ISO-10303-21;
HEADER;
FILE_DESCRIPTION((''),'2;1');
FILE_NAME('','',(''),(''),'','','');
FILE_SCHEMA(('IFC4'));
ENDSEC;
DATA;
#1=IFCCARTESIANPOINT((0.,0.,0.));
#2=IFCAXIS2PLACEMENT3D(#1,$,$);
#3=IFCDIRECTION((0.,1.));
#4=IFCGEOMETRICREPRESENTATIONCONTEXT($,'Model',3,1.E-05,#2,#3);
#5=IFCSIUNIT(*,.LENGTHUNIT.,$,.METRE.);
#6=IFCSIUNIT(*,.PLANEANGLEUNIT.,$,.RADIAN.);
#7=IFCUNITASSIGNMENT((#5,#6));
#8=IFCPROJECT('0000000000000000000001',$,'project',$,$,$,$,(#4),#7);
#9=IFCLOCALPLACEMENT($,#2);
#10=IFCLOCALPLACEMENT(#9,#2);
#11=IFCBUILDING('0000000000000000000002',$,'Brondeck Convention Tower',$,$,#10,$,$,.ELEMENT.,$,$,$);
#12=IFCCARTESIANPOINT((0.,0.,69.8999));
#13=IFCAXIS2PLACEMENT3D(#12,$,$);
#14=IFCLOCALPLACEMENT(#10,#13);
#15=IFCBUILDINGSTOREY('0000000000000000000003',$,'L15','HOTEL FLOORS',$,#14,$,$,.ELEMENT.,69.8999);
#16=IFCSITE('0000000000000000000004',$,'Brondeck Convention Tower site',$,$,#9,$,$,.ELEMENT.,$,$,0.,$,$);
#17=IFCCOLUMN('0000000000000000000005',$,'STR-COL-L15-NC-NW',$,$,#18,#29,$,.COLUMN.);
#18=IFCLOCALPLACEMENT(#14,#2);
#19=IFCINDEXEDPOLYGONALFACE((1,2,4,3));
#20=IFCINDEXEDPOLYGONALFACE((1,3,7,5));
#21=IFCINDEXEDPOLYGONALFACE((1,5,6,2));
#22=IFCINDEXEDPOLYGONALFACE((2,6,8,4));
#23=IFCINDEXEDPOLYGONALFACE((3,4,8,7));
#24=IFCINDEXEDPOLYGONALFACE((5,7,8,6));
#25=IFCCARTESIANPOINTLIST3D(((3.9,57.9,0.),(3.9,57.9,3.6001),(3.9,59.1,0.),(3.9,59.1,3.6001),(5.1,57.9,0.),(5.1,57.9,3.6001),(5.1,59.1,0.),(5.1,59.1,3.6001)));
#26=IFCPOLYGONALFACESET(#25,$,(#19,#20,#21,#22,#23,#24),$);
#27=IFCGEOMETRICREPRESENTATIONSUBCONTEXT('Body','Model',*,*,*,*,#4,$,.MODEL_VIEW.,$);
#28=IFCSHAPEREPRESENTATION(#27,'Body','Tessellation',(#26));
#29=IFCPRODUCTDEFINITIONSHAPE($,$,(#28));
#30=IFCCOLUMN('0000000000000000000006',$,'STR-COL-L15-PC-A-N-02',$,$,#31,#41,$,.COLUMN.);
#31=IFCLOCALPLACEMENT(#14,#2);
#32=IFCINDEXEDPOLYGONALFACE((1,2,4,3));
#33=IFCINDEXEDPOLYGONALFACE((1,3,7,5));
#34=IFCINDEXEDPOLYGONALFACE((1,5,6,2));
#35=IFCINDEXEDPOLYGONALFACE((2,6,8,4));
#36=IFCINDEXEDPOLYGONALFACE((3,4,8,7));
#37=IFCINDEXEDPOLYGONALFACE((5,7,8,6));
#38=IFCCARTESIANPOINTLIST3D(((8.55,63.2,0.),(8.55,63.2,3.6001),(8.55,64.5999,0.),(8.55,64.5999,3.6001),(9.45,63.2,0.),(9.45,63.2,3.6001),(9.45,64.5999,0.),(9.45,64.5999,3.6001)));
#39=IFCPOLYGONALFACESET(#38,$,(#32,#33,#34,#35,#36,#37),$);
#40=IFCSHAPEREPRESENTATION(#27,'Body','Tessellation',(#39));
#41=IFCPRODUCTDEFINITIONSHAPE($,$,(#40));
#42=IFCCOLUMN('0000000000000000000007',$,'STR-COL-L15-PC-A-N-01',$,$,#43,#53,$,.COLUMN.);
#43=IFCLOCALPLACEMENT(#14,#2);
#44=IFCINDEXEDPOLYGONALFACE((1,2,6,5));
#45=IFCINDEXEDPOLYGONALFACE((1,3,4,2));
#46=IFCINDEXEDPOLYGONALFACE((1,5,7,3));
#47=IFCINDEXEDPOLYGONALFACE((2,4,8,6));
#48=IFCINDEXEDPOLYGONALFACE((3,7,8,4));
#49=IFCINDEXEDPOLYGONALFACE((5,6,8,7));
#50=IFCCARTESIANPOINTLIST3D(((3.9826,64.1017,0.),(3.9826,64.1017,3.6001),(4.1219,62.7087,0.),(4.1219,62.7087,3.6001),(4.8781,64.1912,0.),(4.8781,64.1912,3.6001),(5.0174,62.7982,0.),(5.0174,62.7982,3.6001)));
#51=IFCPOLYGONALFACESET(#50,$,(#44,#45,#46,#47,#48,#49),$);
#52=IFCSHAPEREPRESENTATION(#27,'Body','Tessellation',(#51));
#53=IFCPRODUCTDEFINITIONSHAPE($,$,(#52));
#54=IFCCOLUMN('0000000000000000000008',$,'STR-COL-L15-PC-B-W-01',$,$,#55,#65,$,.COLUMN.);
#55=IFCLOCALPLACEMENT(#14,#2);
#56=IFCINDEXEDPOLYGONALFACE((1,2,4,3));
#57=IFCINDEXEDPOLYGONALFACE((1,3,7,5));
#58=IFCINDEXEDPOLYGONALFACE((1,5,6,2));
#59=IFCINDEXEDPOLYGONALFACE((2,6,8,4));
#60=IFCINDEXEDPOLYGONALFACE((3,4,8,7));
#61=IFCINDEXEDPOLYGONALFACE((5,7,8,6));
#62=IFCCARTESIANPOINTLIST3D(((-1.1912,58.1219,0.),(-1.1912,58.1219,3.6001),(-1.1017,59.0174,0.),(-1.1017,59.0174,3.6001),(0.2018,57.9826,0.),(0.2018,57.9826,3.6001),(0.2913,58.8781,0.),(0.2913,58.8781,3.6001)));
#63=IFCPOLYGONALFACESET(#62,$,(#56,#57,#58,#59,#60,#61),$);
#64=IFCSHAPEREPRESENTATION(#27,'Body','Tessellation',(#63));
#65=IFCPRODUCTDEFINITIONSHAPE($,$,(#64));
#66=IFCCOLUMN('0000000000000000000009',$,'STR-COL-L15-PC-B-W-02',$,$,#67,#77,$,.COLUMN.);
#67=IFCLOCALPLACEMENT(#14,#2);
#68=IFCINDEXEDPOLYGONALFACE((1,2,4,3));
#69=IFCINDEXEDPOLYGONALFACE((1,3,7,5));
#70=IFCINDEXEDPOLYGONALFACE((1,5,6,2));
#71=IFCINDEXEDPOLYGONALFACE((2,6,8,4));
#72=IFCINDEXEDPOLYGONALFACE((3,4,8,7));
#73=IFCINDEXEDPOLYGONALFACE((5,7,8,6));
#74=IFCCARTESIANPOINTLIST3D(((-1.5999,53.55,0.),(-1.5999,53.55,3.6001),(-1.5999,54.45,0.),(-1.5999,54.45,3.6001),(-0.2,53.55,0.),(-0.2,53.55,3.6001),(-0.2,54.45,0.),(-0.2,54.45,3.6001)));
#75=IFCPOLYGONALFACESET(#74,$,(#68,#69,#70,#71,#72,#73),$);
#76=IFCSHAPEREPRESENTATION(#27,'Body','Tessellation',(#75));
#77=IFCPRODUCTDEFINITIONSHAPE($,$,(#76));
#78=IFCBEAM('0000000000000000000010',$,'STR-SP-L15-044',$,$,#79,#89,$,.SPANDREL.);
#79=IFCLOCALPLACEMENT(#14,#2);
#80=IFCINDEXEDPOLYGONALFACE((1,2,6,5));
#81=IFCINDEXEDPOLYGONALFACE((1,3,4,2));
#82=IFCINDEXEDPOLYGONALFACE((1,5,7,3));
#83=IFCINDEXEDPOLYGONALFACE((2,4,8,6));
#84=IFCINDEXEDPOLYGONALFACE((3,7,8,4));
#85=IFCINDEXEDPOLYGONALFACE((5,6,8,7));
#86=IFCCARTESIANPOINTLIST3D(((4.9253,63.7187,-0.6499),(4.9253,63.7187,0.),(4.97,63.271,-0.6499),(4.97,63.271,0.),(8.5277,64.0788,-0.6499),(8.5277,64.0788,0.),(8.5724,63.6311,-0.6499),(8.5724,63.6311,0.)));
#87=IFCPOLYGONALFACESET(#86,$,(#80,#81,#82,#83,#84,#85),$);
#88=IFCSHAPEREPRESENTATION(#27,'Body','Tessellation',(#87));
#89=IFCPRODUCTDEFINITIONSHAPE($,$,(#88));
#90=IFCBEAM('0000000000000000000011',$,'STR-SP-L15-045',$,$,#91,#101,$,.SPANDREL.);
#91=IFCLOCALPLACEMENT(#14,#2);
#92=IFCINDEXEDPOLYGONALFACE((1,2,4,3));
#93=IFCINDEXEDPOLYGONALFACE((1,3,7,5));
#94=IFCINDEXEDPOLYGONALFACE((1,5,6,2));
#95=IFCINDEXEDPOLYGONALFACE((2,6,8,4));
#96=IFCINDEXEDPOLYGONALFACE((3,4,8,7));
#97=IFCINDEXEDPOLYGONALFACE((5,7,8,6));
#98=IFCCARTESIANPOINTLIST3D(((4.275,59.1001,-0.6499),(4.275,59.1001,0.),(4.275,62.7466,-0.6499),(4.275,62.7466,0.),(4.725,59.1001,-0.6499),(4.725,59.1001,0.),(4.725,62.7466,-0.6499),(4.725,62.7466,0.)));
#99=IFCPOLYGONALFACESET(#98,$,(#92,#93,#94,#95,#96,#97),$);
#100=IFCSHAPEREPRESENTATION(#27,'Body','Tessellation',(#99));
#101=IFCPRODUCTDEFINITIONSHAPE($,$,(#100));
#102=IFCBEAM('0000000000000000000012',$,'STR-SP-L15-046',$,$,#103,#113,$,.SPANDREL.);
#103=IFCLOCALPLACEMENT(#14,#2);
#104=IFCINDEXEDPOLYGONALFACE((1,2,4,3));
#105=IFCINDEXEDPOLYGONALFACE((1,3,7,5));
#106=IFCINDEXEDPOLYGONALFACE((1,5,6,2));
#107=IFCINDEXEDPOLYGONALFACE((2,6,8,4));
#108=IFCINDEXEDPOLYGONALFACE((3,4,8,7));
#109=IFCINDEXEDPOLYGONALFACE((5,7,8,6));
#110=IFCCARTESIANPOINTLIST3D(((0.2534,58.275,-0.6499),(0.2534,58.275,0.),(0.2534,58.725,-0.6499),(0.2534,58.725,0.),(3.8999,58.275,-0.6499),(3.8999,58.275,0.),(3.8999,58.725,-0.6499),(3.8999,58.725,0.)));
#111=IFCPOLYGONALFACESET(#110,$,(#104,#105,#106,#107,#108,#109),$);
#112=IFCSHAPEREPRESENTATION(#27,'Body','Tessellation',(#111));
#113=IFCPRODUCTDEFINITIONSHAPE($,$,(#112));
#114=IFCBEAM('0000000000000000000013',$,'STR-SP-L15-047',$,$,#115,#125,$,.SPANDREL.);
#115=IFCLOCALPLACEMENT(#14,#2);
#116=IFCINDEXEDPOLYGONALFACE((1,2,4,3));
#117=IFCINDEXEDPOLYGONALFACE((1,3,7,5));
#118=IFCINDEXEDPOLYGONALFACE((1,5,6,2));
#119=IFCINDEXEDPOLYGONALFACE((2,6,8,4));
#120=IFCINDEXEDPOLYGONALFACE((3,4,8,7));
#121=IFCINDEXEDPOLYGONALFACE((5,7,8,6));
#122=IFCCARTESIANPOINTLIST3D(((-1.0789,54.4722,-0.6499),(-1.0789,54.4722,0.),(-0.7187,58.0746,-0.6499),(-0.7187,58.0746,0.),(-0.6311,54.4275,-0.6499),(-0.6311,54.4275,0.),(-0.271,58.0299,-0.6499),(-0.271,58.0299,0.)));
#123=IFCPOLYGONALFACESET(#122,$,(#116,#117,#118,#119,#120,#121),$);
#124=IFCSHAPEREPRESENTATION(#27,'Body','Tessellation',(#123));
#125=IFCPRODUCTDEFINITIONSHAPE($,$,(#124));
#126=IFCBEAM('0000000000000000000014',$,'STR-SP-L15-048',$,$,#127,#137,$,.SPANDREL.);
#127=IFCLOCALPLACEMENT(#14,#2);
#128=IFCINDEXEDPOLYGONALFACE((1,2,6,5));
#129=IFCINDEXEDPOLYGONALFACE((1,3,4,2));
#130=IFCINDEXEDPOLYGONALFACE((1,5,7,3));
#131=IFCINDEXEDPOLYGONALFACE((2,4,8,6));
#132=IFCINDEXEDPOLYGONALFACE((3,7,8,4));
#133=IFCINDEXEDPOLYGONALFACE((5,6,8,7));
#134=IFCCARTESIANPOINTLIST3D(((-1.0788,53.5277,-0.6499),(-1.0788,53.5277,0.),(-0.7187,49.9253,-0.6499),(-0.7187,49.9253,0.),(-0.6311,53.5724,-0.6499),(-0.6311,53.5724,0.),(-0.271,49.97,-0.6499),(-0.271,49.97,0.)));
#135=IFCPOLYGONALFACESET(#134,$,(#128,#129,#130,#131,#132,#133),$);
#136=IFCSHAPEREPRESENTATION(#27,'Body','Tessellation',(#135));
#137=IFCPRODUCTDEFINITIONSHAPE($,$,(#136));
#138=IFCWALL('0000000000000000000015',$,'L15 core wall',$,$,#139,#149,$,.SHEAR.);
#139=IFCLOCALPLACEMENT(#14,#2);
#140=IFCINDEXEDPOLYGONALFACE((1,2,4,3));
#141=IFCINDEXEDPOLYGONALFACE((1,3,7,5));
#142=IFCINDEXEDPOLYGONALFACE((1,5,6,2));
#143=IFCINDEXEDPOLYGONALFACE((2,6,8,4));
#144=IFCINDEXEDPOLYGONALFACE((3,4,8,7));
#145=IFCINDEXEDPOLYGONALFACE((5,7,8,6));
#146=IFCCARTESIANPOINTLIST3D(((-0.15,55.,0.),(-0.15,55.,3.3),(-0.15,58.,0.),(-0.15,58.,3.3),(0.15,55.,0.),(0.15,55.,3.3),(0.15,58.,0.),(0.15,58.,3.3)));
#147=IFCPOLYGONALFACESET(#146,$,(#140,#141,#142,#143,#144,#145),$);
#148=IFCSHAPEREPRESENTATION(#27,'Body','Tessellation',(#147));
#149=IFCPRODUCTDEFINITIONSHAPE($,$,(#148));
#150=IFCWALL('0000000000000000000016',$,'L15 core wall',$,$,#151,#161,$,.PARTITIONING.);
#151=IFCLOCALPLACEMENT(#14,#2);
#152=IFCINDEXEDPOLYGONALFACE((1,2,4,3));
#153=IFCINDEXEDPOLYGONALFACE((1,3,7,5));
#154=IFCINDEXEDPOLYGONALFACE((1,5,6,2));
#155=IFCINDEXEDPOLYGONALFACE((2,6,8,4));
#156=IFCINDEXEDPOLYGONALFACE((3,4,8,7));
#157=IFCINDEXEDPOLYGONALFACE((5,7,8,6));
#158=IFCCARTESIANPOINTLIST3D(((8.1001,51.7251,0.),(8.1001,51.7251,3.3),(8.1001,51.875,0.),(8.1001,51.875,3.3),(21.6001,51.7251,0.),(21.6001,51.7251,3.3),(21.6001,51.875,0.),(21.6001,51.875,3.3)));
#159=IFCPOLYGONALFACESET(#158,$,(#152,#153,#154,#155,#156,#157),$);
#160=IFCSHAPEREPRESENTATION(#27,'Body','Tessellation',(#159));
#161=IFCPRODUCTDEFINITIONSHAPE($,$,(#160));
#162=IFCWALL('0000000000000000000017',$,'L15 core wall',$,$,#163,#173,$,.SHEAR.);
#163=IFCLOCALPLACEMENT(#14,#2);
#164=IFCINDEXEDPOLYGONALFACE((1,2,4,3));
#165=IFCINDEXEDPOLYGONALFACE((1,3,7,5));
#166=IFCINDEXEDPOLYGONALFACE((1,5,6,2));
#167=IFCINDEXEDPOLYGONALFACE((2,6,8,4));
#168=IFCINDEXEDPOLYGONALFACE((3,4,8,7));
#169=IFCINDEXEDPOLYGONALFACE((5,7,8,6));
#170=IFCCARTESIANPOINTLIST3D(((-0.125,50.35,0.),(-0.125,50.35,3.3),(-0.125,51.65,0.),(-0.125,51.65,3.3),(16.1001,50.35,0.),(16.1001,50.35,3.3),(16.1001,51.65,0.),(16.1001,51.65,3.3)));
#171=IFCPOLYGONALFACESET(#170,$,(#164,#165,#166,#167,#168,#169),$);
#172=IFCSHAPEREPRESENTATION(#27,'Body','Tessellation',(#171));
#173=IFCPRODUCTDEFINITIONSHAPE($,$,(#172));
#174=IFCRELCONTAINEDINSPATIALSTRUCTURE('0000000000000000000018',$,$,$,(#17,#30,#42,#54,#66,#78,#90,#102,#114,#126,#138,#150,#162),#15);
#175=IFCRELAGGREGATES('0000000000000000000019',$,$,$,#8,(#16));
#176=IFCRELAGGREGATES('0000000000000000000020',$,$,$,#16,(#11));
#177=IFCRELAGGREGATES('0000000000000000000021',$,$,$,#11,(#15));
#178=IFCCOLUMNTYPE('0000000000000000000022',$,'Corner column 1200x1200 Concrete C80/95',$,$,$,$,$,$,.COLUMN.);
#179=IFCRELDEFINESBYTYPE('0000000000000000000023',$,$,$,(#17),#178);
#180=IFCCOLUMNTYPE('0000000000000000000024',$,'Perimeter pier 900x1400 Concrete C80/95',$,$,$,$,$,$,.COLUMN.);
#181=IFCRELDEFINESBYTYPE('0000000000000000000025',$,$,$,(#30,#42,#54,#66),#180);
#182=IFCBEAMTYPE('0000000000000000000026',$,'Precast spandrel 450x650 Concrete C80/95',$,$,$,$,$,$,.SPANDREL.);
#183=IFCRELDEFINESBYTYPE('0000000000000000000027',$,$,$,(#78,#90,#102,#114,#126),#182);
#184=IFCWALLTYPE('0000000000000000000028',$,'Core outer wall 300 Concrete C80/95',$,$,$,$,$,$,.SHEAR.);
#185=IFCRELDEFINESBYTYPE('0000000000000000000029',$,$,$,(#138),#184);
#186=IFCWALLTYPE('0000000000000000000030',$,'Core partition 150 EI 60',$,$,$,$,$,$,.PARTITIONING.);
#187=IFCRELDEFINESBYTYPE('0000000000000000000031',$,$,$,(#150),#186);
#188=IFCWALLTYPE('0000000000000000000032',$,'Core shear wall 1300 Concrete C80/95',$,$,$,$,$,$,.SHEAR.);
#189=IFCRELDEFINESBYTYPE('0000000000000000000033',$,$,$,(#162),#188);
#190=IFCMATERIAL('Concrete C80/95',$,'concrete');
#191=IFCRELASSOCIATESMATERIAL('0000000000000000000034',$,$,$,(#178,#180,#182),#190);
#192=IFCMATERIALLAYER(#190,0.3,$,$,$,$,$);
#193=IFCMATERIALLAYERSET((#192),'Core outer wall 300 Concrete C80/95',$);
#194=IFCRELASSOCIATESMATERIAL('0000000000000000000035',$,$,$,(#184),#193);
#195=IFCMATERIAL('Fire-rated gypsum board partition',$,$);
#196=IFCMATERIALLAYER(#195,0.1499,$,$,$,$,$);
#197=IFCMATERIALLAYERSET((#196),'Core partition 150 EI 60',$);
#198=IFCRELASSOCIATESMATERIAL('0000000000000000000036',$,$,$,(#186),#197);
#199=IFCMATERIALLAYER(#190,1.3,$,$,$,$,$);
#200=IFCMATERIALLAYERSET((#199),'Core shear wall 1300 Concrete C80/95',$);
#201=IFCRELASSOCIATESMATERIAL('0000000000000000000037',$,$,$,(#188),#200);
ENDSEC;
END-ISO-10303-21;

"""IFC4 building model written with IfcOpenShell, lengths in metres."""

from ifc_helpers import new_model, si_unit, direction, frame, frame_2d, origin, origin_2d, place, context, subcontext, project, spatial, rectangle, extrude, material, layer, layer_set, material_profile, profile_set, type_object, element, save


model = new_model("IFC4")

# Units and contexts
model_context = context("Model", 3, precision=1e-05, world=origin(), true_north=direction((0.0, 1.0)))
body_context = subcontext(model_context, "Body", "Model", "MODEL_VIEW")
ifc_project = project(units=[si_unit("LENGTHUNIT", "METRE"), si_unit("PLANEANGLEUNIT", "RADIAN")], contexts=[model_context])

# Site, building, storey
site_placement = place(None, origin())
site = spatial("IfcSite", under=ifc_project, at=site_placement, Name="Brondeck Convention Tower site", CompositionType="ELEMENT", RefElevation=0.0)
building_placement = place(site_placement, origin())
building = spatial("IfcBuilding", under=site, at=building_placement, Name="Brondeck Convention Tower", CompositionType="ELEMENT")
storey_placement = place(building_placement, frame((0.0, 0.0, 69.8999)))
storey = spatial("IfcBuildingStorey", under=building, at=storey_placement, Name="L15", Description="HOTEL FLOORS", CompositionType="ELEMENT", Elevation=69.8999)

# Columns
ifc_material_1 = material(Name="Concrete C80/95", Category="concrete")
ifc_material_profile_1 = material_profile(ifc_material_1, rectangle(XDim=1.2, YDim=1.2, at=origin_2d()), Name="Corner column 1200x1200 Concrete C80/95")
ifc_profile_set_1 = profile_set([ifc_material_profile_1], Name="Concrete C80/95")
column_type_1 = type_object("IfcColumnType", Name="Corner column 1200x1200 Concrete C80/95", PredefinedType="COLUMN", material=ifc_profile_set_1)
column_placement = place(storey_placement, frame((4.5, 58.5, 0.0), z_axis=(0.0, 0.0, 1.0), x_axis=(1.0, 0.0, 0.0)))
element("IfcColumn", 1, at=column_placement, inside=storey, type_object=column_type_1, Name="STR-COL-L15-NC-NW", PredefinedType="COLUMN", context=body_context, shape_type="SweptSolid", body=[
    extrude(rectangle(XDim=1.2, YDim=1.2, at=origin_2d()), origin(), (0.0, 0.0, 1.0), 3.6001),
])
ifc_material_profile_2 = material_profile(ifc_material_1, rectangle(XDim=0.8999, YDim=1.3999, at=origin_2d()), Name="Perimeter pier 900x1400 Concrete C80/95")
ifc_profile_set_2 = profile_set([ifc_material_profile_2], Name="Concrete C80/95")
column_type_2 = type_object("IfcColumnType", Name="Perimeter pier 900x1400 Concrete C80/95", PredefinedType="COLUMN", material=ifc_profile_set_2)
for number, where, z_axis, x_axis, name in (
    (2, (9.0, 63.8999, 0.0), (0.0, 0.0, 1.0), (-1.0, 0.0, 0.0), "STR-COL-L15-PC-A-N-02"),
    (3, (4.5, 63.45, 0.0), (0.0, 0.0, 1.0), (-0.995037, -0.099504, 0.0), "STR-COL-L15-PC-A-N-01"),
    (4, (-0.45, 58.5, 0.0), (0.0, 0.0, 1.0), (-0.099504, -0.995037, 0.0), "STR-COL-L15-PC-B-W-01"),
    (5, (-0.8999, 54.0, 0.0), (0.0, 0.0, 1.0), (0.0, -1.0, 0.0), "STR-COL-L15-PC-B-W-02"),
):
    element("IfcColumn", number, at=place(storey_placement, frame(where, z_axis=z_axis, x_axis=x_axis)), inside=storey, type_object=column_type_2, Name=name, PredefinedType="COLUMN", context=body_context, shape_type="SweptSolid", body=[
        extrude(rectangle(XDim=0.8999, YDim=1.3999, at=origin_2d()), origin(), (0.0, 0.0, 1.0), 3.6001),
    ])

# Beams
ifc_material_profile_3 = material_profile(ifc_material_1, rectangle(XDim=0.45, YDim=0.6499, at=origin_2d()), Name="Precast spandrel 450x650 Concrete C80/95")
ifc_profile_set_3 = profile_set([ifc_material_profile_3], Name="Concrete C80/95")
beam_type = type_object("IfcBeamType", Name="Precast spandrel 450x650 Concrete C80/95", PredefinedType="SPANDREL", material=ifc_profile_set_3)
beam_placement = place(storey_placement, frame((8.55, 63.855, -0.325), z_axis=(-0.995041, -0.09947, 0.0), x_axis=(0.09947, -0.995041, 0.0)))
element("IfcBeam", 6, at=beam_placement, inside=storey, type_object=beam_type, Name="STR-SP-L15-044", PredefinedType="SPANDREL", context=body_context, shape_type="SweptSolid", body=[
    extrude(rectangle(XDim=0.45, YDim=0.6499, at=origin_2d()), origin(), (0.0, 0.0, 1.0), 3.6204),
])
for number, where, z_axis, x_axis, name in (
    (7, (4.5, 62.7466, -0.325), (0.0, -1.0, 0.0), (1.0, 0.0, 0.0), "STR-SP-L15-045"),
    (8, (3.8999, 58.5, -0.325), (-1.0, 0.0, 0.0), (0.0, -1.0, 0.0), "STR-SP-L15-046"),
):
    element("IfcBeam", number, at=place(storey_placement, frame(where, z_axis=z_axis, x_axis=x_axis)), inside=storey, type_object=beam_type, Name=name, PredefinedType="SPANDREL", context=body_context, shape_type="SweptSolid", body=[
        extrude(rectangle(XDim=0.45, YDim=0.6499, at=origin_2d()), origin(), (0.0, 0.0, 1.0), 3.6465),
    ])
for number, where, z_axis, x_axis, name in (
    (9, (-0.4949, 58.0522, -0.325), (-0.09947, -0.995041, 0.0), (0.995041, -0.09947, 0.0), "STR-SP-L15-047"),
    (10, (-0.855, 53.55, -0.325), (0.09947, -0.995041, 0.0), (0.995041, 0.09947, 0.0), "STR-SP-L15-048"),
):
    element("IfcBeam", number, at=place(storey_placement, frame(where, z_axis=z_axis, x_axis=x_axis)), inside=storey, type_object=beam_type, Name=name, PredefinedType="SPANDREL", context=body_context, shape_type="SweptSolid", body=[
        extrude(rectangle(XDim=0.45, YDim=0.6499, at=origin_2d()), origin(), (0.0, 0.0, 1.0), 3.6204),
    ])

# Walls
ifc_layer_1 = layer(ifc_material_1, 0.3)
ifc_layer_set_1 = layer_set([ifc_layer_1], Name="Core outer wall 300 Concrete C80/95")
wall_type_1 = type_object("IfcWallType", Name="Core outer wall 300 Concrete C80/95", PredefinedType="SHEAR", material=ifc_layer_set_1)
wall_1_placement = place(storey_placement, frame((0.0, 55.0, 0.0), z_axis=(0.0, 0.0, 1.0), x_axis=(0.0, 1.0, 0.0)))
element("IfcWall", 11, at=wall_1_placement, inside=storey, type_object=wall_type_1, Name="L15 core wall", PredefinedType="SHEAR", context=body_context, shape_type="SweptSolid", body=[
    extrude(rectangle(XDim=3.0, YDim=0.3, at=frame_2d((1.5, 0.0))), origin(), (0.0, 0.0, 1.0), 3.3),
])
ifc_material_2 = material(Name="Fire-rated gypsum board partition")
ifc_layer_2 = layer(ifc_material_2, 0.1499)
ifc_layer_set_2 = layer_set([ifc_layer_2], Name="Core partition 150 EI 60")
wall_type_2 = type_object("IfcWallType", Name="Core partition 150 EI 60", PredefinedType="PARTITIONING", material=ifc_layer_set_2)
wall_2_placement = place(storey_placement, frame((8.1001, 51.8, 0.0), z_axis=(0.0, 0.0, 1.0), x_axis=(1.0, 0.0, 0.0)))
element("IfcWall", 12, at=wall_2_placement, inside=storey, type_object=wall_type_2, Name="L15 core wall", PredefinedType="PARTITIONING", context=body_context, shape_type="SweptSolid", body=[
    extrude(rectangle(XDim=13.5, YDim=0.1499, at=frame_2d((6.75, 0.0))), origin(), (0.0, 0.0, 1.0), 3.3),
])
ifc_layer_3 = layer(ifc_material_1, 1.3)
ifc_layer_set_3 = layer_set([ifc_layer_3], Name="Core shear wall 1300 Concrete C80/95")
wall_type_3 = type_object("IfcWallType", Name="Core shear wall 1300 Concrete C80/95", PredefinedType="SHEAR", material=ifc_layer_set_3)
wall_3_placement = place(storey_placement, frame((-0.125, 51.0, 0.0), z_axis=(0.0, 0.0, 1.0), x_axis=(1.0, 0.0, 0.0)))
element("IfcWall", 13, at=wall_3_placement, inside=storey, type_object=wall_type_3, Name="L15 core wall", PredefinedType="SHEAR", context=body_context, shape_type="SweptSolid", body=[
    extrude(rectangle(XDim=16.2251, YDim=1.3, at=frame_2d((8.1125, 0.0))), origin(), (0.0, 0.0, 1.0), 3.3),
])

save(model, "model.ifc")
